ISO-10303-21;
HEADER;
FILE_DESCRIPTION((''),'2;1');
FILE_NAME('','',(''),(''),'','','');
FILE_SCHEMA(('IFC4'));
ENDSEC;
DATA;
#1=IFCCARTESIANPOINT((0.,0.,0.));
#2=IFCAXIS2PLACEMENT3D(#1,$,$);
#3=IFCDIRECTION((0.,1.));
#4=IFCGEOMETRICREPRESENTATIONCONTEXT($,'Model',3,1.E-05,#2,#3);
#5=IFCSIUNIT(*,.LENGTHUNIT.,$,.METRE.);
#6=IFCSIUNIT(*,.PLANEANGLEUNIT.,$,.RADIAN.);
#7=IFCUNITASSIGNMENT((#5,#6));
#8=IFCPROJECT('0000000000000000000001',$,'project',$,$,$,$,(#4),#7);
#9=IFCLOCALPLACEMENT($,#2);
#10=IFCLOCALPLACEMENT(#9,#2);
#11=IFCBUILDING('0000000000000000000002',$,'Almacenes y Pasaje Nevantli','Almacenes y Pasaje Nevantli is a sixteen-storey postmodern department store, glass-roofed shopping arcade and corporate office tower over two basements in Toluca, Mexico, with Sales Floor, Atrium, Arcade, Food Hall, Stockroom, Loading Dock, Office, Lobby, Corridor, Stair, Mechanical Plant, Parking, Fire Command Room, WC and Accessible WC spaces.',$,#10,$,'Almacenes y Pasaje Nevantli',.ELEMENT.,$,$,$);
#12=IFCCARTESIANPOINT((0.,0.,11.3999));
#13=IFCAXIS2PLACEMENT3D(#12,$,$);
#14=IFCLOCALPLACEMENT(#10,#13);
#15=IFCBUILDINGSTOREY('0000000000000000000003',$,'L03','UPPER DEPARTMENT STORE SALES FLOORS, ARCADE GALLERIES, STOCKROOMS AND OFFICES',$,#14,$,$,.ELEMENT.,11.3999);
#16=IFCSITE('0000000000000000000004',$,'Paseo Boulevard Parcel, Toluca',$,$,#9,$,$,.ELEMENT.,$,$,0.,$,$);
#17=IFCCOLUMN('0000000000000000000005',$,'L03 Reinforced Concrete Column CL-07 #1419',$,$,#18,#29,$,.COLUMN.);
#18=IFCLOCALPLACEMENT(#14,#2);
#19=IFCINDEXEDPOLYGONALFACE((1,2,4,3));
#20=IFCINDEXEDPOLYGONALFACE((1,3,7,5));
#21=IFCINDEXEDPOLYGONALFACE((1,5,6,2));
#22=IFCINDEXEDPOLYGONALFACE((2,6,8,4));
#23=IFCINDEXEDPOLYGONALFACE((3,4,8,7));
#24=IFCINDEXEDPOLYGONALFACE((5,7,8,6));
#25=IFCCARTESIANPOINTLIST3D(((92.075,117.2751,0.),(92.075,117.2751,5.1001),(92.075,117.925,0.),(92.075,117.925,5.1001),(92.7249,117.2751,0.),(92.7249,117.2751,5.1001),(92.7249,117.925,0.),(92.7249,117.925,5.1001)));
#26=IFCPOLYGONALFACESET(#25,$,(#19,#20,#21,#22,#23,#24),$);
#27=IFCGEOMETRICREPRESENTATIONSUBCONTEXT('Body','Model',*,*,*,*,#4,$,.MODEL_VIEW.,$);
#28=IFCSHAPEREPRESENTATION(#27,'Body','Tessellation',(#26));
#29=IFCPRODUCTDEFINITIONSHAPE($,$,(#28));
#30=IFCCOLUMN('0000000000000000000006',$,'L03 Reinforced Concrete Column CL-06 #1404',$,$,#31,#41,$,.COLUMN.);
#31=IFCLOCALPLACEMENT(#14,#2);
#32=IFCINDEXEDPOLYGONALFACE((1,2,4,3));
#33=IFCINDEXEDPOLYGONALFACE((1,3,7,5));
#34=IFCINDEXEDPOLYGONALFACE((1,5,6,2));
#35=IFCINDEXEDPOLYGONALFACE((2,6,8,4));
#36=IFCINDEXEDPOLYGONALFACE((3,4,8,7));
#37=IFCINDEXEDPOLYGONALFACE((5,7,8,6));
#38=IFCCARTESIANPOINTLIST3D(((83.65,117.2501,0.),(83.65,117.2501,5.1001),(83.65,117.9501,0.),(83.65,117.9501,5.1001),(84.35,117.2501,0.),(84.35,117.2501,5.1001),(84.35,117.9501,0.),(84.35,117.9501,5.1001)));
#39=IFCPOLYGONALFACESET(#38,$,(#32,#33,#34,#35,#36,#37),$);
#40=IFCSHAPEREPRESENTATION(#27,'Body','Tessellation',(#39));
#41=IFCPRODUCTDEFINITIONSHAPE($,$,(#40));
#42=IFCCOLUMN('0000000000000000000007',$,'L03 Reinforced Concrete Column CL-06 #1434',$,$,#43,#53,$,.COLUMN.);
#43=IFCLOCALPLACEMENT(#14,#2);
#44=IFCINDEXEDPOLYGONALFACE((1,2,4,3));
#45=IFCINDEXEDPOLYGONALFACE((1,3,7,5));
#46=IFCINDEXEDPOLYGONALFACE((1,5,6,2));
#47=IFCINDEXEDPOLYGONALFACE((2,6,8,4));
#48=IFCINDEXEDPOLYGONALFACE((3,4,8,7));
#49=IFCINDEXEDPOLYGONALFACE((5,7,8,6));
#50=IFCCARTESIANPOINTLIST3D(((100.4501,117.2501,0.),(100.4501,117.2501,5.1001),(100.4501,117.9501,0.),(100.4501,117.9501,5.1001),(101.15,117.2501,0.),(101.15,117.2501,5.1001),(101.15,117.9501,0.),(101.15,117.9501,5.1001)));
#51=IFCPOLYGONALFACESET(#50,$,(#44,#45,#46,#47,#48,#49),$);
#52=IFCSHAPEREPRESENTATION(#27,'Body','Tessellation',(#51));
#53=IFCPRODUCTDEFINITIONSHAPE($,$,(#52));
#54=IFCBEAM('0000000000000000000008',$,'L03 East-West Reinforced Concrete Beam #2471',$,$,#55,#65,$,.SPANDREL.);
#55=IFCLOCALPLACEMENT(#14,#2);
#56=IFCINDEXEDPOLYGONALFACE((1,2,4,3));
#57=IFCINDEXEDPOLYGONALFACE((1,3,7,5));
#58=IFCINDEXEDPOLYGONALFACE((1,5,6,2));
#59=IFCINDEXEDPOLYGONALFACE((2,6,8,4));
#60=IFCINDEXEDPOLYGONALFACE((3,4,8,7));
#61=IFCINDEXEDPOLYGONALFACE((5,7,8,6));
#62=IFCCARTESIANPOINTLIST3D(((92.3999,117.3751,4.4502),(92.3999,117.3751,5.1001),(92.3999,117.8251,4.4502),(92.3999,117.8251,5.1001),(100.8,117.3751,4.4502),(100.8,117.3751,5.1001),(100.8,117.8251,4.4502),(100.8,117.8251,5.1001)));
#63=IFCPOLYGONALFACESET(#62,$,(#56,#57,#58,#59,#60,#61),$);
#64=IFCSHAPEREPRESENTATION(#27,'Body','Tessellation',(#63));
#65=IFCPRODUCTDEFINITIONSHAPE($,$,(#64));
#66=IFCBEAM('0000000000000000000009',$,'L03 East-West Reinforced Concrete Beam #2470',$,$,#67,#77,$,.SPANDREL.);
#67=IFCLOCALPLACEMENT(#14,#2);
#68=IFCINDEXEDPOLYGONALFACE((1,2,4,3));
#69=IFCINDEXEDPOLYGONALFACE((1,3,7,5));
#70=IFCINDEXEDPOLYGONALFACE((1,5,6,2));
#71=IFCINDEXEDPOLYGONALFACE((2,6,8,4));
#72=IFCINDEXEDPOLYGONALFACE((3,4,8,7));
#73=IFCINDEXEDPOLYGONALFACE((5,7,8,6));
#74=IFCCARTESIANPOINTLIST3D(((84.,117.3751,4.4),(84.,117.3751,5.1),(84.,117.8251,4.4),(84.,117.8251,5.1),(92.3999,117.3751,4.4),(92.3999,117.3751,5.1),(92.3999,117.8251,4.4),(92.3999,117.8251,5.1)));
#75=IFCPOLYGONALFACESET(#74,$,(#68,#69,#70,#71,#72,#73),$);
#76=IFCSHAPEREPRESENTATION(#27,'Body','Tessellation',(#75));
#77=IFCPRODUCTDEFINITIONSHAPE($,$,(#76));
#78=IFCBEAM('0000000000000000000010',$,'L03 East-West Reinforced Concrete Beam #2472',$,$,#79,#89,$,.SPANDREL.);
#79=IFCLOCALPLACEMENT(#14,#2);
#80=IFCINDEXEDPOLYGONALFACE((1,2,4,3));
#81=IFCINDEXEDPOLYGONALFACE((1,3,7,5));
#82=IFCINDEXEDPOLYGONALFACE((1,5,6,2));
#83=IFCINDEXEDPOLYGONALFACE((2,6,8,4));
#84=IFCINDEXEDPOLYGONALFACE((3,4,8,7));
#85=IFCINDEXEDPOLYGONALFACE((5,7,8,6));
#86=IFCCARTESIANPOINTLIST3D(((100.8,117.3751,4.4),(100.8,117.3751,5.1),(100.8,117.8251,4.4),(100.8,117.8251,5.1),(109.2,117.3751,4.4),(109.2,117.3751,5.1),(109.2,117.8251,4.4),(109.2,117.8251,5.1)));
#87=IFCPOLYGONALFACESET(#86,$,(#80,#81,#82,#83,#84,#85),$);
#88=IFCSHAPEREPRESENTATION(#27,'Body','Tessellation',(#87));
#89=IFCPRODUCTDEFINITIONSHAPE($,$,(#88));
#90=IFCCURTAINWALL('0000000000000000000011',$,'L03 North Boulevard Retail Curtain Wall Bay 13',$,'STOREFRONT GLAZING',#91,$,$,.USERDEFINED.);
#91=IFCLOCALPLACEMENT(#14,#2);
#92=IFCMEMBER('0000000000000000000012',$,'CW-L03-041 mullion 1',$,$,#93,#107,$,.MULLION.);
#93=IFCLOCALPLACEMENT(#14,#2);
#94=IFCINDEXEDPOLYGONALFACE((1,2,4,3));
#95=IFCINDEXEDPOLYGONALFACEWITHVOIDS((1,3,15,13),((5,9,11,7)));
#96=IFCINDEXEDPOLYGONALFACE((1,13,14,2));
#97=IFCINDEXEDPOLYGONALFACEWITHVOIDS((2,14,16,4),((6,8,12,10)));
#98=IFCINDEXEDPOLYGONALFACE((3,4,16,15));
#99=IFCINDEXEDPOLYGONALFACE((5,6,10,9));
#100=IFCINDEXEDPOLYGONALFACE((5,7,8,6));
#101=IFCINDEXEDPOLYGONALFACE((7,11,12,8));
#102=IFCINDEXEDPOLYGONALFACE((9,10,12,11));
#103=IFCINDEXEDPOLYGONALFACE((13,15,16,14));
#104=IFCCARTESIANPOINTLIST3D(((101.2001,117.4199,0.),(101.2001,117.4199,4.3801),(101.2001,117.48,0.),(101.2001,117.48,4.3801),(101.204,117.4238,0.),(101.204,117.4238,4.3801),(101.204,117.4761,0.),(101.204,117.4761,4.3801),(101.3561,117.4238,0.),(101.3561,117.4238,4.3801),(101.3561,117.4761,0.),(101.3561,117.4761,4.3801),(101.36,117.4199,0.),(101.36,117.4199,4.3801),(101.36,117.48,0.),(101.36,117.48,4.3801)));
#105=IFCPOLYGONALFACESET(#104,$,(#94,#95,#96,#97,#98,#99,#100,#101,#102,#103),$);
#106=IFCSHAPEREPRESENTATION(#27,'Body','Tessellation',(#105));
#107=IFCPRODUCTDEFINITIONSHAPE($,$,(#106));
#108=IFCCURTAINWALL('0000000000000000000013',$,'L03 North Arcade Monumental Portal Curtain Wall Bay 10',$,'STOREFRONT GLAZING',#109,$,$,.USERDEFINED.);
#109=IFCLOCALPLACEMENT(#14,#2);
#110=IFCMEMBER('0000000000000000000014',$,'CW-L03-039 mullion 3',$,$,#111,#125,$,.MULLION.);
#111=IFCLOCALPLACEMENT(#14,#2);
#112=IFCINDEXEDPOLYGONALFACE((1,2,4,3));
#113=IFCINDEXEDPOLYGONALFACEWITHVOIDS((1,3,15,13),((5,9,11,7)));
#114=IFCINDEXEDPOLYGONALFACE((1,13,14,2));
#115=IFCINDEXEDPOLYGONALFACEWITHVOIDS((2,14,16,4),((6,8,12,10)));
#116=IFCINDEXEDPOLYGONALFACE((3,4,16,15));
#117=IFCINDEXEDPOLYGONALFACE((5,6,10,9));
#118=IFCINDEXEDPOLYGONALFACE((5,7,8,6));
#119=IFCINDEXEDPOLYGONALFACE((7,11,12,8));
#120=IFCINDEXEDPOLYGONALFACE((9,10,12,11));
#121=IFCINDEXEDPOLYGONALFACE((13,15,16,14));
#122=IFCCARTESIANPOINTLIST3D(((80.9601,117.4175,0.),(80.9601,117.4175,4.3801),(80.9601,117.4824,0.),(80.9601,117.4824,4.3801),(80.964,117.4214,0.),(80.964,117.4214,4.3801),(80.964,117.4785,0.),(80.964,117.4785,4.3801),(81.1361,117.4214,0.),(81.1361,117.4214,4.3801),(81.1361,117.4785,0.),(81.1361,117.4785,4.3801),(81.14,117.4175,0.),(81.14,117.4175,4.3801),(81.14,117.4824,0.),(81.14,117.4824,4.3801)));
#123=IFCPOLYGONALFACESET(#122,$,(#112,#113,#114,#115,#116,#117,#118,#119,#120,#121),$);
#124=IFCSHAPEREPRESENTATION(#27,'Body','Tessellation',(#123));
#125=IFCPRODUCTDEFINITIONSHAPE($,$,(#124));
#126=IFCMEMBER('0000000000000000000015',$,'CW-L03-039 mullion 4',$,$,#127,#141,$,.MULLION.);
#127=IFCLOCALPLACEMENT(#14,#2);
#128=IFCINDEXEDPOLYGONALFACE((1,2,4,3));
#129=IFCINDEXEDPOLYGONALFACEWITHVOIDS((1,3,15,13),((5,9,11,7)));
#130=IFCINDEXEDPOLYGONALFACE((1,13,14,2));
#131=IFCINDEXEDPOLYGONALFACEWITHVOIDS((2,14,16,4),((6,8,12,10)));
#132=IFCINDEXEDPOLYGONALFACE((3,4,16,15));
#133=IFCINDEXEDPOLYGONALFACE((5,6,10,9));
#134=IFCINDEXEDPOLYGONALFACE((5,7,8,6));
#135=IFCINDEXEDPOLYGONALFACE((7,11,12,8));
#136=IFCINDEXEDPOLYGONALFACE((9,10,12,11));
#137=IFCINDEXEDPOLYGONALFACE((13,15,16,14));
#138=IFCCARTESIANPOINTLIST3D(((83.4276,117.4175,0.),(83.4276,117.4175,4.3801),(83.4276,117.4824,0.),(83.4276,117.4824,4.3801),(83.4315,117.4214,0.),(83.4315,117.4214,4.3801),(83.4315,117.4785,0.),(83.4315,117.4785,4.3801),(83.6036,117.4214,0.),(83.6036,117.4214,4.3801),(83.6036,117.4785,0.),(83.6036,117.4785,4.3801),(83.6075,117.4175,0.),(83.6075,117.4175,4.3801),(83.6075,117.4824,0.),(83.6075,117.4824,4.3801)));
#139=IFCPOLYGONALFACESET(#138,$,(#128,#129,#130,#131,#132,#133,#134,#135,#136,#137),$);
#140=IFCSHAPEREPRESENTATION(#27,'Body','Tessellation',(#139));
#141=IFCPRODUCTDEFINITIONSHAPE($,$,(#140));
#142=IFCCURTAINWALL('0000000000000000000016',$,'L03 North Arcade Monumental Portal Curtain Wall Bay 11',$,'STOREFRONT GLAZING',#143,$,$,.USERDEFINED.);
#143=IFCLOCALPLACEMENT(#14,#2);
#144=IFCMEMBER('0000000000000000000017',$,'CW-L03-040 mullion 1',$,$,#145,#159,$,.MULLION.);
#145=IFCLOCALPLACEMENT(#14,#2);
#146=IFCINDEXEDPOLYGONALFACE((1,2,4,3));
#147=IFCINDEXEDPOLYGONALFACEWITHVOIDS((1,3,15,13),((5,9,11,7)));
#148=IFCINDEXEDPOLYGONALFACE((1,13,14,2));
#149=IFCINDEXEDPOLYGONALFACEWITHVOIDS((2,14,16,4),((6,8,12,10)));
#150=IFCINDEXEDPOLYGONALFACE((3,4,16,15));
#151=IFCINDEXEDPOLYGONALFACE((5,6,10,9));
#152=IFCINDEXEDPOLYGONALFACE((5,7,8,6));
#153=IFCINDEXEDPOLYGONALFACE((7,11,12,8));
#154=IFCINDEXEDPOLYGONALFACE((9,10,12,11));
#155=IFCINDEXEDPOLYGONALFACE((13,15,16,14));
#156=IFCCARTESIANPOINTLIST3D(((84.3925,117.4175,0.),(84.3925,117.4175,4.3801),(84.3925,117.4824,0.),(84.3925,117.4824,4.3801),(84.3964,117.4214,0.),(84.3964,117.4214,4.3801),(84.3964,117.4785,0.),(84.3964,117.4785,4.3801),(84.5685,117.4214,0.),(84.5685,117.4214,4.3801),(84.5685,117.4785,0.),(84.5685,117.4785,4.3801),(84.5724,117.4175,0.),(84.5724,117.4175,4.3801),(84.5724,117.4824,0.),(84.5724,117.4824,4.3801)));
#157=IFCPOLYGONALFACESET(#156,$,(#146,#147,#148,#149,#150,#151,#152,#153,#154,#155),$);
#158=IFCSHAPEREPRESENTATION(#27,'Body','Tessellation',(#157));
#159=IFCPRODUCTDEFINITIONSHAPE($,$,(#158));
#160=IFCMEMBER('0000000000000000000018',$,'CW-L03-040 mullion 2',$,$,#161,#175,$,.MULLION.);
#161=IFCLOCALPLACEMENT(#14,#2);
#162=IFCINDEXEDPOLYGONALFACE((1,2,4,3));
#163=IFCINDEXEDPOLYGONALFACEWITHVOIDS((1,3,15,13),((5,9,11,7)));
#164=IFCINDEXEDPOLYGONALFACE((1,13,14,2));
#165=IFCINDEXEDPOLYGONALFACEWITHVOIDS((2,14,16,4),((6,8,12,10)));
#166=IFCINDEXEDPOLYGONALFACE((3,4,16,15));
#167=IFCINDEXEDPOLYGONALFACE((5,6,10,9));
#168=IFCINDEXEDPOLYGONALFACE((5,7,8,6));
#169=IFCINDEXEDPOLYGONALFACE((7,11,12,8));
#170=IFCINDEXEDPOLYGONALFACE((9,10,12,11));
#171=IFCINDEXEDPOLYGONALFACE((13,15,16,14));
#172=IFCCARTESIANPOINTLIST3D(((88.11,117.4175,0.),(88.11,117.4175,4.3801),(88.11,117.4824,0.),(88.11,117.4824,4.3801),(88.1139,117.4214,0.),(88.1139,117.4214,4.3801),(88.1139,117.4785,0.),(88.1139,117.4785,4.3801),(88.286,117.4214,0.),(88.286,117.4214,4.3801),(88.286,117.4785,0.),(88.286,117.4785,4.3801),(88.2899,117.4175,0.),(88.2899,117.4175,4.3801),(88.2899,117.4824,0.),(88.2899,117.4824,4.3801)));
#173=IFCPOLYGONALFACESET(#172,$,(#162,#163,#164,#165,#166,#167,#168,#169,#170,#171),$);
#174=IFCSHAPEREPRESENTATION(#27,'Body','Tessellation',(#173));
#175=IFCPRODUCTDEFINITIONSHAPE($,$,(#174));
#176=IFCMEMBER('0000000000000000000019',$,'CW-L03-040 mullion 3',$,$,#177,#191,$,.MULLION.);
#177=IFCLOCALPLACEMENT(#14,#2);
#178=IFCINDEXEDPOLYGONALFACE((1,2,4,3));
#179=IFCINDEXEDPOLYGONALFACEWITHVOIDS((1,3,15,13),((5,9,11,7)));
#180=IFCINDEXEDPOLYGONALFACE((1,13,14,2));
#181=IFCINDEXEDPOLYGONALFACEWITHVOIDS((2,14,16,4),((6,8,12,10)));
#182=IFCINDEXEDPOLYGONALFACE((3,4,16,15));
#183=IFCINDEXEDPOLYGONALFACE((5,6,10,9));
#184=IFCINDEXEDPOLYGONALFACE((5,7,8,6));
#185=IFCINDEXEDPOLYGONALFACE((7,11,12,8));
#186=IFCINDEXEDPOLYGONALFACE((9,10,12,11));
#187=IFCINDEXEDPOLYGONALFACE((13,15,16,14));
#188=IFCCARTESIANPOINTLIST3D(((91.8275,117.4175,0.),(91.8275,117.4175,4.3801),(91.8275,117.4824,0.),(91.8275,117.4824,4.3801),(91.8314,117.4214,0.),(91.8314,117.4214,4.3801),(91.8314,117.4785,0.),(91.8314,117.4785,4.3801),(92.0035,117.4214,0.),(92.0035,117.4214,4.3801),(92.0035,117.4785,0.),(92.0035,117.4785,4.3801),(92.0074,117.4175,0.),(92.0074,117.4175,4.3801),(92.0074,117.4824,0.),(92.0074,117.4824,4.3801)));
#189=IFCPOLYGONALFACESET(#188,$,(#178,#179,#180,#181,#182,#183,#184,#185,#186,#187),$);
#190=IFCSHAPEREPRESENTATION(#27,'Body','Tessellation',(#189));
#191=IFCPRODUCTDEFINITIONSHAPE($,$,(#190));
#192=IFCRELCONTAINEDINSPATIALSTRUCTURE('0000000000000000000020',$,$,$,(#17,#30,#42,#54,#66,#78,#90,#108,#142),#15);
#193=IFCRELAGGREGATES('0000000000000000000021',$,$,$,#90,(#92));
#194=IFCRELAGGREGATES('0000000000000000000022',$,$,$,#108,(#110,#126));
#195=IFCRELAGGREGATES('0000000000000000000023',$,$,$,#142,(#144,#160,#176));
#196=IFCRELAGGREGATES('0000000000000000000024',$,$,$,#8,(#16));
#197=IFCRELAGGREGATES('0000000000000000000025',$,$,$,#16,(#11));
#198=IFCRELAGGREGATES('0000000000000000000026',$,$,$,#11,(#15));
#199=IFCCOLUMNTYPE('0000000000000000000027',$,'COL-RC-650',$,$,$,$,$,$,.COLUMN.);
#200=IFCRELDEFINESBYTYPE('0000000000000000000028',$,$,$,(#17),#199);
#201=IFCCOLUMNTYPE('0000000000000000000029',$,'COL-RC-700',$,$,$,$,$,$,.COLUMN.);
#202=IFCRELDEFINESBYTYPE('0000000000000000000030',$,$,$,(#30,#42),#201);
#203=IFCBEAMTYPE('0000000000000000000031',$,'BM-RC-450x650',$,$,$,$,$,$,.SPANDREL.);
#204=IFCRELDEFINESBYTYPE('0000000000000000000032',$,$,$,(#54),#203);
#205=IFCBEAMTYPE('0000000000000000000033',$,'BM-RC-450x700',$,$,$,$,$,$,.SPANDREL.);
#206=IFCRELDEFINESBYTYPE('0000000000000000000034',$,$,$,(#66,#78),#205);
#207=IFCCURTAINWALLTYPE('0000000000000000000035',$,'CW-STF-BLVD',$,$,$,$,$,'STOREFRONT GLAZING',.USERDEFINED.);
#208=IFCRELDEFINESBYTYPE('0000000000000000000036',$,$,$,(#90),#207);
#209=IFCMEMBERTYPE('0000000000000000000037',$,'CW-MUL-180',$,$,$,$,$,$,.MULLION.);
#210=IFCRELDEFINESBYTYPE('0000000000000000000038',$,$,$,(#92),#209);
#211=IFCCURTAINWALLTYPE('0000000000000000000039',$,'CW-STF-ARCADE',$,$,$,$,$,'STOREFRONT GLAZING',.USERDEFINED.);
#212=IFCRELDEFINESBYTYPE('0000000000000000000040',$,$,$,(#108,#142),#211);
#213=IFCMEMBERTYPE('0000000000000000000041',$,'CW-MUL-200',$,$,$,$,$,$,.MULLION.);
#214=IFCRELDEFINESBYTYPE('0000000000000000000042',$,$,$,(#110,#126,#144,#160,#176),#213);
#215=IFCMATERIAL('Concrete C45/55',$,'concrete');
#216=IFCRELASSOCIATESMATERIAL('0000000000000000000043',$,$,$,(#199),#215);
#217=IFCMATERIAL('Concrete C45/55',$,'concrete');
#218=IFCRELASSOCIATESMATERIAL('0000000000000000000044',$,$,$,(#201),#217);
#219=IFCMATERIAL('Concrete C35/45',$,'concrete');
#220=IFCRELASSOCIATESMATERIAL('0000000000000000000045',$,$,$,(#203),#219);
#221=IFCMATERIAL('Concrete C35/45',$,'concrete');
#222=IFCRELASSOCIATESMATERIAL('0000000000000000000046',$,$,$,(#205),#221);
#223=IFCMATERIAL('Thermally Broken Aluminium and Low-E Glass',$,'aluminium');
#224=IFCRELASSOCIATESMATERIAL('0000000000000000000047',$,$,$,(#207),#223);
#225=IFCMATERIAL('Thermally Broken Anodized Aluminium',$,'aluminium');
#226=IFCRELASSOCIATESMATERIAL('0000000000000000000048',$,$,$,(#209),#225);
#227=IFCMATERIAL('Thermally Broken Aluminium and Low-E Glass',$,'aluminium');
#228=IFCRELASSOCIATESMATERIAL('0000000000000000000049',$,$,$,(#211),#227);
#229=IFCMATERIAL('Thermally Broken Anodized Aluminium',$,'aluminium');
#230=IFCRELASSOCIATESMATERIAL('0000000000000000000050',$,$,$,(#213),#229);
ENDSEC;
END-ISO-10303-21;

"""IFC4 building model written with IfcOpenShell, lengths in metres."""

from ifc_helpers import new_model, si_unit, direction, frame, origin, origin_2d, place, context, subcontext, project, spatial, rectangle, hollow_rectangle, extrude, material, material_profile, profile_set, type_object, element, aggregate, save


model = new_model("IFC4")

# Units and contexts
model_context = context("Model", 3, precision=1e-05, world=origin(), true_north=direction((0.0, 1.0)))
body_context = subcontext(model_context, "Body", "Model", "MODEL_VIEW")
ifc_project = project(units=[si_unit("LENGTHUNIT", "METRE"), si_unit("PLANEANGLEUNIT", "RADIAN")], contexts=[model_context])

# Site, building, storey
site_placement = place(None, origin())
site = spatial("IfcSite", under=ifc_project, at=site_placement, Name="Paseo Boulevard Parcel, Toluca", CompositionType="ELEMENT", RefElevation=0.0)
building_placement = place(site_placement, origin())
building = spatial("IfcBuilding", under=site, at=building_placement, Name="Almacenes y Pasaje Nevantli", Description="Almacenes y Pasaje Nevantli is a sixteen-storey postmodern department store, glass-roofed shopping arcade and corporate office tower over two basements in Toluca, Mexico, with Sales Floor, Atrium, Arcade, Food Hall, Stockroom, Loading Dock, Office, Lobby, Corridor, Stair, Mechanical Plant, Parking, Fire Command Room, WC and Accessible WC spaces.", LongName="Almacenes y Pasaje Nevantli", CompositionType="ELEMENT")
storey_placement = place(building_placement, frame((0.0, 0.0, 11.3999)))
storey = spatial("IfcBuildingStorey", under=building, at=storey_placement, Name="L03", Description="UPPER DEPARTMENT STORE SALES FLOORS, ARCADE GALLERIES, STOCKROOMS AND OFFICES", CompositionType="ELEMENT", Elevation=11.3999)

# Columns
ifc_material_1 = material(Name="Concrete C45/55", Category="concrete")
ifc_material_profile_1 = material_profile(ifc_material_1, rectangle(XDim=0.6499, YDim=0.6499, at=origin_2d()), Name="RC-COL-650x650")
ifc_profile_set_1 = profile_set([ifc_material_profile_1], Name="Concrete C45/55")
column_type_1 = type_object("IfcColumnType", Name="COL-RC-650", PredefinedType="COLUMN", material=ifc_profile_set_1)
column_placement = place(storey_placement, frame((92.3999, 117.6001, 0.0), z_axis=(0.0, 0.0, 1.0), x_axis=(1.0, 0.0, 0.0)))
element("IfcColumn", 1, at=column_placement, inside=storey, type_object=column_type_1, Name="L03 Reinforced Concrete Column CL-07 #1419", PredefinedType="COLUMN", context=body_context, shape_type="SweptSolid", body=[
    extrude(rectangle(XDim=0.6499, YDim=0.6499, at=origin_2d()), origin(), (0.0, 0.0, 1.0), 5.1001),
])
ifc_material_2 = material(Name="Concrete C45/55", Category="concrete")
ifc_material_profile_2 = material_profile(ifc_material_2, rectangle(XDim=0.7, YDim=0.7, at=origin_2d()), Name="RC-COL-700x700")
ifc_profile_set_2 = profile_set([ifc_material_profile_2], Name="Concrete C45/55")
column_type_2 = type_object("IfcColumnType", Name="COL-RC-700", PredefinedType="COLUMN", material=ifc_profile_set_2)
for number, where, z_axis, x_axis, name in (
    (2, (84.0, 117.6001, 0.0), (0.0, 0.0, 1.0), (1.0, 0.0, 0.0), "L03 Reinforced Concrete Column CL-06 #1404"),
    (3, (100.8, 117.6001, 0.0), (0.0, 0.0, 1.0), (1.0, 0.0, 0.0), "L03 Reinforced Concrete Column CL-06 #1434"),
):
    element("IfcColumn", number, at=place(storey_placement, frame(where, z_axis=z_axis, x_axis=x_axis)), inside=storey, type_object=column_type_2, Name=name, PredefinedType="COLUMN", context=body_context, shape_type="SweptSolid", body=[
        extrude(rectangle(XDim=0.7, YDim=0.7, at=origin_2d()), origin(), (0.0, 0.0, 1.0), 5.1001),
    ])

# Beams
ifc_material_3 = material(Name="Concrete C35/45", Category="concrete")
ifc_material_profile_3 = material_profile(ifc_material_3, rectangle(XDim=0.45, YDim=0.6499, at=origin_2d()), Name="RC-BM-450x650")
ifc_profile_set_3 = profile_set([ifc_material_profile_3], Name="Concrete C35/45")
beam_type_1 = type_object("IfcBeamType", Name="BM-RC-450x650", PredefinedType="SPANDREL", material=ifc_profile_set_3)
beam_placement = place(storey_placement, frame((92.3999, 117.6001, 4.7751), z_axis=(1.0, 0.0, 0.0), x_axis=(0.0, 1.0, 0.0)))
element("IfcBeam", 4, at=beam_placement, inside=storey, type_object=beam_type_1, Name="L03 East-West Reinforced Concrete Beam #2471", PredefinedType="SPANDREL", context=body_context, shape_type="SweptSolid", body=[
    extrude(rectangle(XDim=0.45, YDim=0.6499, at=origin_2d()), origin(), (0.0, 0.0, 1.0), 8.4001),
])
ifc_material_4 = material(Name="Concrete C35/45", Category="concrete")
ifc_material_profile_4 = material_profile(ifc_material_4, rectangle(XDim=0.45, YDim=0.7, at=origin_2d()), Name="RC-BM-450x700")
ifc_profile_set_4 = profile_set([ifc_material_profile_4], Name="Concrete C35/45")
beam_type_2 = type_object("IfcBeamType", Name="BM-RC-450x700", PredefinedType="SPANDREL", material=ifc_profile_set_4)
for number, where, z_axis, x_axis, name in (
    (5, (84.0, 117.6001, 4.75), (1.0, 0.0, 0.0), (0.0, 1.0, 0.0), "L03 East-West Reinforced Concrete Beam #2470"),
    (6, (100.8, 117.6001, 4.75), (1.0, 0.0, 0.0), (0.0, 1.0, 0.0), "L03 East-West Reinforced Concrete Beam #2472"),
):
    element("IfcBeam", number, at=place(storey_placement, frame(where, z_axis=z_axis, x_axis=x_axis)), inside=storey, type_object=beam_type_2, Name=name, PredefinedType="SPANDREL", context=body_context, shape_type="SweptSolid", body=[
        extrude(rectangle(XDim=0.45, YDim=0.7, at=origin_2d()), origin(), (0.0, 0.0, 1.0), 8.3999),
    ])

# Curtain wall, member
ifc_material_5 = material(Name="Thermally Broken Aluminium and Low-E Glass", Category="aluminium")
curtain_wall_type_1 = type_object("IfcCurtainWallType", Name="CW-STF-BLVD", ElementType="STOREFRONT GLAZING", PredefinedType="USERDEFINED", material=ifc_material_5)
curtain_wall_1_placement = place(storey_placement, origin())
curtain_wall_1 = element("IfcCurtainWall", 7, at=curtain_wall_1_placement, inside=storey, type_object=curtain_wall_type_1, Name="L03 North Boulevard Retail Curtain Wall Bay 13", ObjectType="STOREFRONT GLAZING", PredefinedType="USERDEFINED")
ifc_material_6 = material(Name="Thermally Broken Anodized Aluminium", Category="aluminium")
ifc_material_profile_5 = material_profile(ifc_material_6, hollow_rectangle(XDim=0.0601, YDim=0.1599, WallThickness=0.0039, at=origin_2d()), Name="ALU-MUL-60x160")
ifc_profile_set_5 = profile_set([ifc_material_profile_5], Name="Thermally Broken Anodized Aluminium")
member_type_1 = type_object("IfcMemberType", Name="CW-MUL-180", PredefinedType="MULLION", material=ifc_profile_set_5)
member_1_placement = place(storey_placement, frame((101.28, 117.45, 0.0), z_axis=(0.0, 0.0, 1.0), x_axis=(0.0, 1.0, 0.0)))
member_1 = element("IfcMember", 8, at=member_1_placement, type_object=member_type_1, Name="CW-L03-041 mullion 1", PredefinedType="MULLION", context=body_context, shape_type="SweptSolid", body=[
    extrude(hollow_rectangle(XDim=0.0601, YDim=0.1599, WallThickness=0.0039, at=origin_2d()), origin(), (0.0, 0.0, 1.0), 4.3801),
])
aggregate(curtain_wall_1, [member_1])

# Curtain walls, members
ifc_material_7 = material(Name="Thermally Broken Aluminium and Low-E Glass", Category="aluminium")
curtain_wall_type_2 = type_object("IfcCurtainWallType", Name="CW-STF-ARCADE", ElementType="STOREFRONT GLAZING", PredefinedType="USERDEFINED", material=ifc_material_7)
curtain_wall_2_placement = place(storey_placement, origin())
curtain_wall_2 = element("IfcCurtainWall", 9, at=curtain_wall_2_placement, inside=storey, type_object=curtain_wall_type_2, Name="L03 North Arcade Monumental Portal Curtain Wall Bay 10", ObjectType="STOREFRONT GLAZING", PredefinedType="USERDEFINED")
ifc_material_8 = material(Name="Thermally Broken Anodized Aluminium", Category="aluminium")
ifc_material_profile_6 = material_profile(ifc_material_8, hollow_rectangle(XDim=0.0649, YDim=0.1799, WallThickness=0.0039, at=origin_2d()), Name="ALU-MUL-65x180")
ifc_profile_set_6 = profile_set([ifc_material_profile_6], Name="Thermally Broken Anodized Aluminium")
member_type_2 = type_object("IfcMemberType", Name="CW-MUL-200", PredefinedType="MULLION", material=ifc_profile_set_6)
member_2_placement = place(storey_placement, frame((81.05, 117.45, 0.0), z_axis=(0.0, 0.0, 1.0), x_axis=(0.0, 1.0, 0.0)))
member_2 = element("IfcMember", 10, at=member_2_placement, type_object=member_type_2, Name="CW-L03-039 mullion 3", PredefinedType="MULLION", context=body_context, shape_type="SweptSolid", body=[
    extrude(hollow_rectangle(XDim=0.0649, YDim=0.1799, WallThickness=0.0039, at=origin_2d()), origin(), (0.0, 0.0, 1.0), 4.3801),
])
member_3_placement = place(storey_placement, frame((83.5176, 117.45, 0.0), z_axis=(0.0, 0.0, 1.0), x_axis=(0.0, 1.0, 0.0)))
member_3 = element("IfcMember", 11, at=member_3_placement, type_object=member_type_2, Name="CW-L03-039 mullion 4", PredefinedType="MULLION", context=body_context, shape_type="SweptSolid", body=[
    extrude(hollow_rectangle(XDim=0.0649, YDim=0.1799, WallThickness=0.0039, at=origin_2d()), origin(), (0.0, 0.0, 1.0), 4.3801),
])
curtain_wall_3_placement = place(storey_placement, origin())
curtain_wall_3 = element("IfcCurtainWall", 12, at=curtain_wall_3_placement, inside=storey, type_object=curtain_wall_type_2, Name="L03 North Arcade Monumental Portal Curtain Wall Bay 11", ObjectType="STOREFRONT GLAZING", PredefinedType="USERDEFINED")
member_4_placement = place(storey_placement, frame((84.4824, 117.45, 0.0), z_axis=(0.0, 0.0, 1.0), x_axis=(0.0, 1.0, 0.0)))
member_4 = element("IfcMember", 13, at=member_4_placement, type_object=member_type_2, Name="CW-L03-040 mullion 1", PredefinedType="MULLION", context=body_context, shape_type="SweptSolid", body=[
    extrude(hollow_rectangle(XDim=0.0649, YDim=0.1799, WallThickness=0.0039, at=origin_2d()), origin(), (0.0, 0.0, 1.0), 4.3801),
])
member_5_placement = place(storey_placement, frame((88.2, 117.45, 0.0), z_axis=(0.0, 0.0, 1.0), x_axis=(0.0, 1.0, 0.0)))
member_5 = element("IfcMember", 14, at=member_5_placement, type_object=member_type_2, Name="CW-L03-040 mullion 2", PredefinedType="MULLION", context=body_context, shape_type="SweptSolid", body=[
    extrude(hollow_rectangle(XDim=0.0649, YDim=0.1799, WallThickness=0.0039, at=origin_2d()), origin(), (0.0, 0.0, 1.0), 4.3801),
])
member_6_placement = place(storey_placement, frame((91.9175, 117.45, 0.0), z_axis=(0.0, 0.0, 1.0), x_axis=(0.0, 1.0, 0.0)))
member_6 = element("IfcMember", 15, at=member_6_placement, type_object=member_type_2, Name="CW-L03-040 mullion 3", PredefinedType="MULLION", context=body_context, shape_type="SweptSolid", body=[
    extrude(hollow_rectangle(XDim=0.0649, YDim=0.1799, WallThickness=0.0039, at=origin_2d()), origin(), (0.0, 0.0, 1.0), 4.3801),
])

aggregate(curtain_wall_2, [member_2, member_3])
aggregate(curtain_wall_3, [member_4, member_5, member_6])

save(model, "model.ifc")
